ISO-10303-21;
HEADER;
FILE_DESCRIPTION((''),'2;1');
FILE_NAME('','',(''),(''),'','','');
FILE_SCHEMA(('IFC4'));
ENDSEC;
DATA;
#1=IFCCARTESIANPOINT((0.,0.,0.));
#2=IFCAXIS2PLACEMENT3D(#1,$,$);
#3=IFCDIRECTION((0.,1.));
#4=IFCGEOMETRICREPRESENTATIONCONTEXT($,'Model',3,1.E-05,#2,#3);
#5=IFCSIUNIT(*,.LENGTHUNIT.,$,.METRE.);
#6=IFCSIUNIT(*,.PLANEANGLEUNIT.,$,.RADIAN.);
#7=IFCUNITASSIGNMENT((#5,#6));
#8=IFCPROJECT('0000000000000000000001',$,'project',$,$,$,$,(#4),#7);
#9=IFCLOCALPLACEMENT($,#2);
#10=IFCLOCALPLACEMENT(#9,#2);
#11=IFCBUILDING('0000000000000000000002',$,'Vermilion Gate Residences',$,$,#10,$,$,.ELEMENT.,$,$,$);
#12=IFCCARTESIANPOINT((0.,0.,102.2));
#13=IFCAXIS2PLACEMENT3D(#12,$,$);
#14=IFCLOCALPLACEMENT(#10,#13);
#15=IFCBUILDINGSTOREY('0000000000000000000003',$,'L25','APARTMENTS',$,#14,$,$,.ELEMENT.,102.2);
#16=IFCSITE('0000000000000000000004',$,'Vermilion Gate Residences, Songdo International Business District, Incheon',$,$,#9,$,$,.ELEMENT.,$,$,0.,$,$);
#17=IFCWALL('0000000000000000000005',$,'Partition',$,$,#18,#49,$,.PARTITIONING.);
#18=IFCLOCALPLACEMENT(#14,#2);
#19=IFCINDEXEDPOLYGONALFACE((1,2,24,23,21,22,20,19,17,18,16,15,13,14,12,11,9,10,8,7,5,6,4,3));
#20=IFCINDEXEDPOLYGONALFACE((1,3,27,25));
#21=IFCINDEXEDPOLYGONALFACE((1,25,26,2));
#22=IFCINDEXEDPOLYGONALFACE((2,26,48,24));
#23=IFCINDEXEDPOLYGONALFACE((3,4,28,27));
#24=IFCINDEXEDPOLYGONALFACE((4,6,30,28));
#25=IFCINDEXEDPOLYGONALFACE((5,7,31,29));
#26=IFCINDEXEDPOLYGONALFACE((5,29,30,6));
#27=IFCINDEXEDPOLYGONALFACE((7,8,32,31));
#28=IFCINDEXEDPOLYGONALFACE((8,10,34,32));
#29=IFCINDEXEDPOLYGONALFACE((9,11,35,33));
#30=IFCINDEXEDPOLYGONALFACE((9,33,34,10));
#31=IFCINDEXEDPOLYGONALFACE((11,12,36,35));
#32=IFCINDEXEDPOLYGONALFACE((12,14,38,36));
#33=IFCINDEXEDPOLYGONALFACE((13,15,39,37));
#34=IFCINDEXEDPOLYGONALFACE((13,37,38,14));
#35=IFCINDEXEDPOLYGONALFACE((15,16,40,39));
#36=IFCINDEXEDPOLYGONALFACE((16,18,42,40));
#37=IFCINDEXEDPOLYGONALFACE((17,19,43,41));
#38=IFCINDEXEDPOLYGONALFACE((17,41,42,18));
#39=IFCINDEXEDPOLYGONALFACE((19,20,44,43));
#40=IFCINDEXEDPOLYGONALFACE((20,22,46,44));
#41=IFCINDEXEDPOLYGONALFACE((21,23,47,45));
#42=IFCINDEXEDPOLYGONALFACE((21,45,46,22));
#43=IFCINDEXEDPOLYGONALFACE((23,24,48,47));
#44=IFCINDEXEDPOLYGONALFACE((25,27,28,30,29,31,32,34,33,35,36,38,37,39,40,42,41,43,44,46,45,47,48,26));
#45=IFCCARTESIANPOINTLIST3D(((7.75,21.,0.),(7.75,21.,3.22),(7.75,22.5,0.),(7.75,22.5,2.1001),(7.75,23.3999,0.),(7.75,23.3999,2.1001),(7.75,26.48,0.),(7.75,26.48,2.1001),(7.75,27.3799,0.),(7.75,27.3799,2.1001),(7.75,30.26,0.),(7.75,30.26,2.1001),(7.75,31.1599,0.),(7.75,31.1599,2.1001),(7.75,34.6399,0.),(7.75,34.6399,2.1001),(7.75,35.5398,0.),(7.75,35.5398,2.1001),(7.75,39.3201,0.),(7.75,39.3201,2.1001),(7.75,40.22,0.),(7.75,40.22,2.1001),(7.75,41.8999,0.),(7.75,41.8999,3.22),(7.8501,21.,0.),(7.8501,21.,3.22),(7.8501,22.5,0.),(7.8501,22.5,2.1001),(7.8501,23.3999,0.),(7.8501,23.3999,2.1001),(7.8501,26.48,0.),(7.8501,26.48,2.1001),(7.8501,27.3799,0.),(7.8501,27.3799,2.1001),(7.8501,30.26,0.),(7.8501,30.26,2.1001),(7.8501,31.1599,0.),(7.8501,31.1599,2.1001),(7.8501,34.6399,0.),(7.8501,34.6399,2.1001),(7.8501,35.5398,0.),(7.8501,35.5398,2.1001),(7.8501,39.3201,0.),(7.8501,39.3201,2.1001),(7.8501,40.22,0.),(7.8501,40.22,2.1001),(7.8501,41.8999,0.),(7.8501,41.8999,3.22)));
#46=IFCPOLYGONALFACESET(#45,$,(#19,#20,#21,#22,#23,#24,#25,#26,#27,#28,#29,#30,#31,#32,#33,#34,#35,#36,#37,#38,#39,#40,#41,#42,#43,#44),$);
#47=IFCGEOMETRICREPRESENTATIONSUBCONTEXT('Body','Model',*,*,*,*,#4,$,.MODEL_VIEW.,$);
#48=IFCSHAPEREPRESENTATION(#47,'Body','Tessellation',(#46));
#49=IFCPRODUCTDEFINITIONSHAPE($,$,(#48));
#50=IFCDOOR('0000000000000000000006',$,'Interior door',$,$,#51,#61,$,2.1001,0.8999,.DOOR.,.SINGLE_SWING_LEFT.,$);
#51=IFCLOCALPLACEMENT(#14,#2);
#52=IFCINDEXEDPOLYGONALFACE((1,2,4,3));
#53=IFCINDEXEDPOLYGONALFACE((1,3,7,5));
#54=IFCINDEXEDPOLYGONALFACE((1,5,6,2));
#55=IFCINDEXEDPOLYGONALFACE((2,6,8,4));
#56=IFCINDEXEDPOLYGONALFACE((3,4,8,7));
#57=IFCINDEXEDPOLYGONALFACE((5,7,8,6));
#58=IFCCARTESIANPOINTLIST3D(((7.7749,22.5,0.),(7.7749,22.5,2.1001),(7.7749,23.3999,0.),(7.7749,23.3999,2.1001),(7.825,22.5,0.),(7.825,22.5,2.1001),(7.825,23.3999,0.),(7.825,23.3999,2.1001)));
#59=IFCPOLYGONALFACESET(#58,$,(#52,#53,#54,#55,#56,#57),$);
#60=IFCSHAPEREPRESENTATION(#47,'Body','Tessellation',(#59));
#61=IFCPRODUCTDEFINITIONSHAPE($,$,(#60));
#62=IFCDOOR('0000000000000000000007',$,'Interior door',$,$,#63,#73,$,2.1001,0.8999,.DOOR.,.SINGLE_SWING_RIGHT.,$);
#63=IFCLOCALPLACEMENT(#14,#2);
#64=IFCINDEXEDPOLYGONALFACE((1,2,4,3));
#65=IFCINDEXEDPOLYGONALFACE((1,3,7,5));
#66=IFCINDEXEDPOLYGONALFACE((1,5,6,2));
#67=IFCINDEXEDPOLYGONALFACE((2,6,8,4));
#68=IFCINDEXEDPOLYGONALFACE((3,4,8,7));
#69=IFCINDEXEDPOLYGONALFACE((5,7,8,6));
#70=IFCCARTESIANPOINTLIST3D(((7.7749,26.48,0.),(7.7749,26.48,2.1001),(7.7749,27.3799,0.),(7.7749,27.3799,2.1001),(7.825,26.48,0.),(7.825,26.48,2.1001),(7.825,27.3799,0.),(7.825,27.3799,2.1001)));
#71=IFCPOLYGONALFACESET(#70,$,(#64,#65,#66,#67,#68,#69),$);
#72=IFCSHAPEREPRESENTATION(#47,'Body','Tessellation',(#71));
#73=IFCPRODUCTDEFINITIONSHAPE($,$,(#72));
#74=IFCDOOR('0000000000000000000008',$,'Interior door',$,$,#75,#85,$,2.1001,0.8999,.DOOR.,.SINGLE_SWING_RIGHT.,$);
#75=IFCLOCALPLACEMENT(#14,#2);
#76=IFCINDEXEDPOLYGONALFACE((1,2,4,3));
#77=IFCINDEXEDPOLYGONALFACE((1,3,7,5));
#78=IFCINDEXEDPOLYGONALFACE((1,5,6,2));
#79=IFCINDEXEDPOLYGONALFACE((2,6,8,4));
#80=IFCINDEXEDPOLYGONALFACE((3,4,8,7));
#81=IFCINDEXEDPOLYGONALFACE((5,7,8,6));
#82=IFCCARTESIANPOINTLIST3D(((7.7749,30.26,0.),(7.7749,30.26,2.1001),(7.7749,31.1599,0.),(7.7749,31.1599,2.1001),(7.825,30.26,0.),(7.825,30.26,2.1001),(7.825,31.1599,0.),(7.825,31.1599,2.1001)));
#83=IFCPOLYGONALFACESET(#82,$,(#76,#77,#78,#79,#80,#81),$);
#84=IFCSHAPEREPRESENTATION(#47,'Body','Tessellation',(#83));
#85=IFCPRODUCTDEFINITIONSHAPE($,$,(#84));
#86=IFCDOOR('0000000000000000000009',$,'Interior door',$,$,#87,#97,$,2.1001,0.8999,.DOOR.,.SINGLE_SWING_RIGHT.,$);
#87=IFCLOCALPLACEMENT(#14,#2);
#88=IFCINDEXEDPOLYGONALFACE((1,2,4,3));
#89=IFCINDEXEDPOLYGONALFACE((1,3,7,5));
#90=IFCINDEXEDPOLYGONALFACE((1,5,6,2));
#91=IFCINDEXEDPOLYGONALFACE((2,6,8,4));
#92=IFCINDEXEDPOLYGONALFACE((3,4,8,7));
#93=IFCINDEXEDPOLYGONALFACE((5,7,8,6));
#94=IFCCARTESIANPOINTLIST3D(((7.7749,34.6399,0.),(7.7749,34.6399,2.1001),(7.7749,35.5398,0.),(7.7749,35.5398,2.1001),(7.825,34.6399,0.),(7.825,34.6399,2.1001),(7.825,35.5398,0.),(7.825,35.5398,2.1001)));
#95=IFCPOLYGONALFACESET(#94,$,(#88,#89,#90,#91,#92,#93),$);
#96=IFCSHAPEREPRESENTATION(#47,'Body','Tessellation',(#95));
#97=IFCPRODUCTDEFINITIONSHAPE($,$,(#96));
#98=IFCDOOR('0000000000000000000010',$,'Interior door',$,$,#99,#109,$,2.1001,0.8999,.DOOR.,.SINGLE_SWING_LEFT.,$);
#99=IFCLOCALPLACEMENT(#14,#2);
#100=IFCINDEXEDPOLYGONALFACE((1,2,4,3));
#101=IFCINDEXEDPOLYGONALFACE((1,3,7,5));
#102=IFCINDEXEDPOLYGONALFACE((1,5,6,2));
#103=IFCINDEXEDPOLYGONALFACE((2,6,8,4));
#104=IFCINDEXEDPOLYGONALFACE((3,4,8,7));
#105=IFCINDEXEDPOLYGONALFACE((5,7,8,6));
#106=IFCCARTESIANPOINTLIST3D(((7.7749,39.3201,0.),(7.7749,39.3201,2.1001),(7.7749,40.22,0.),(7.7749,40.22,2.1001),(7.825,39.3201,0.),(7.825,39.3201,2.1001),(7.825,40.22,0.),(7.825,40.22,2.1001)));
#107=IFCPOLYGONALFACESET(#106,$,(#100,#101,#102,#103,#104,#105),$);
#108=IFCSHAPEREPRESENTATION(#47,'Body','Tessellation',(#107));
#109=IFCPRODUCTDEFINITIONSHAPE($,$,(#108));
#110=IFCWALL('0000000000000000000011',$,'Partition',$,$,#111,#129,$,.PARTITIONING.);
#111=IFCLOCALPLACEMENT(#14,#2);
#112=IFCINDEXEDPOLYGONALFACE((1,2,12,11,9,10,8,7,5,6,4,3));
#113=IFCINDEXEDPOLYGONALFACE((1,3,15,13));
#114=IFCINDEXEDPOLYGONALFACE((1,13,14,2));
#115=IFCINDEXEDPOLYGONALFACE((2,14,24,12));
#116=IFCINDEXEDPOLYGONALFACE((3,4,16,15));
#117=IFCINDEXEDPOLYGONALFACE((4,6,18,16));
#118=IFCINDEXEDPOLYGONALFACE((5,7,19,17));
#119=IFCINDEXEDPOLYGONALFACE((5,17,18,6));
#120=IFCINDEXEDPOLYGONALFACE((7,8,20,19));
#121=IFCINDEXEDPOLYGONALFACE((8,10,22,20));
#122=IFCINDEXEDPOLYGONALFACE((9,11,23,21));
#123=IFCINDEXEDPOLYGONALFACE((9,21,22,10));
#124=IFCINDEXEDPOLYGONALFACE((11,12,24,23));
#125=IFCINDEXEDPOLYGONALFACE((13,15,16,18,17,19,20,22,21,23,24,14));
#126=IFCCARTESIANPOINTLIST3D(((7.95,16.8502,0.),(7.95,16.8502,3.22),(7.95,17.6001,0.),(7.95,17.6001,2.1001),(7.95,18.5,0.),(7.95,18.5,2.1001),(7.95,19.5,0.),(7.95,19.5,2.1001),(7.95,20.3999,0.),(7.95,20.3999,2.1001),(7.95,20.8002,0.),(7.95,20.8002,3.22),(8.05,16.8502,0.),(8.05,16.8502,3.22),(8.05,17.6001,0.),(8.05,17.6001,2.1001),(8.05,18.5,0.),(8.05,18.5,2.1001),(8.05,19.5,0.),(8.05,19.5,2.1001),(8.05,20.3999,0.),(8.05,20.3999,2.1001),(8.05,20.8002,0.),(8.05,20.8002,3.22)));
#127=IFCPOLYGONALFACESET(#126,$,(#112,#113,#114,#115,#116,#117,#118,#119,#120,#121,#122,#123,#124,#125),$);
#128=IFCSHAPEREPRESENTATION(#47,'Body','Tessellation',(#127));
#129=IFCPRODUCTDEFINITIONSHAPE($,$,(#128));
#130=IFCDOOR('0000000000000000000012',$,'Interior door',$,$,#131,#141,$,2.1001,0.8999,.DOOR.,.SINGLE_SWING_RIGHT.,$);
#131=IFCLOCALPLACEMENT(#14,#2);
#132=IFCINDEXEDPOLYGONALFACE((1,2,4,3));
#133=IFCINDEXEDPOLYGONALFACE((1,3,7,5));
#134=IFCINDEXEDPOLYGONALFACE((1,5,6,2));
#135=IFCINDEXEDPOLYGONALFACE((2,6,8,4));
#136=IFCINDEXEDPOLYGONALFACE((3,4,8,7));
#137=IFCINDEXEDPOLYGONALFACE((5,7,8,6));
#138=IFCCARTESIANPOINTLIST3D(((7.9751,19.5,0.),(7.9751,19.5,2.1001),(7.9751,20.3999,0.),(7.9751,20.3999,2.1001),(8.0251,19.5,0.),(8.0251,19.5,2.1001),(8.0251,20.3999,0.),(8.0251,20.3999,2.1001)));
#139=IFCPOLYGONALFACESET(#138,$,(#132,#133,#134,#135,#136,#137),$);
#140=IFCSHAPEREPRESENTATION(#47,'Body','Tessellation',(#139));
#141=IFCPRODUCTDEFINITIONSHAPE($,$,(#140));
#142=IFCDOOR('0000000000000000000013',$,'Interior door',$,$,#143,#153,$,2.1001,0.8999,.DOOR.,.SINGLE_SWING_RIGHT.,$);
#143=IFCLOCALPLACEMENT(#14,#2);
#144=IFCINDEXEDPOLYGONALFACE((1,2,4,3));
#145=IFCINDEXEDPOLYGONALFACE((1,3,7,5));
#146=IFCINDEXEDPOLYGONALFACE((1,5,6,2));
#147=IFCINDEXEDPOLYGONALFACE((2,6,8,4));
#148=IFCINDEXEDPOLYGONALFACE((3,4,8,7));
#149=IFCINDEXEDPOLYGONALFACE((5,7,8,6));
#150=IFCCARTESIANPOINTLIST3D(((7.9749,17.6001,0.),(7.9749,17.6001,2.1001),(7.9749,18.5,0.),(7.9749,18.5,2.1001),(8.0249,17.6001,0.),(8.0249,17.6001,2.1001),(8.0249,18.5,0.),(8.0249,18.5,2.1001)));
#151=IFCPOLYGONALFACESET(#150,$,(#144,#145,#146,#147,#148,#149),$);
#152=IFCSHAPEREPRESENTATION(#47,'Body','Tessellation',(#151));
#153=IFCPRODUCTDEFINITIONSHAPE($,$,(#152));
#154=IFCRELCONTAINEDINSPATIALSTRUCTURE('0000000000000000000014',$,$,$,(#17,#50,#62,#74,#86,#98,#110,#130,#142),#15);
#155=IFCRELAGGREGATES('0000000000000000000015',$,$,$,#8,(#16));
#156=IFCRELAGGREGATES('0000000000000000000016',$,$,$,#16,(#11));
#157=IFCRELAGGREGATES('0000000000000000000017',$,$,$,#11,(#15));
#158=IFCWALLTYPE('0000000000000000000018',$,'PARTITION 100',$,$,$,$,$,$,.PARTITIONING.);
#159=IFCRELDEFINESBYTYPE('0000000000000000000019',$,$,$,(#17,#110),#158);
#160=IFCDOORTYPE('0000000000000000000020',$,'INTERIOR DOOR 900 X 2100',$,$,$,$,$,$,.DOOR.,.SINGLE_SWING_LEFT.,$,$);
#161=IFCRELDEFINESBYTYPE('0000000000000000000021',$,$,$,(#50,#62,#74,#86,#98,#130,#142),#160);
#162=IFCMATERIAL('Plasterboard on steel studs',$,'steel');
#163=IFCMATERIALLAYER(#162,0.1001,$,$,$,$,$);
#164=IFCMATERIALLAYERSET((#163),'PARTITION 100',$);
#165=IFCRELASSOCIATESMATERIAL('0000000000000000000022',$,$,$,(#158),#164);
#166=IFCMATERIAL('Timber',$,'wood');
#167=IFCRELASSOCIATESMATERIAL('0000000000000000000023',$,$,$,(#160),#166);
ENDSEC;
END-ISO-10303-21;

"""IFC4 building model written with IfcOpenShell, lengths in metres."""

from ifc_helpers import new_model, si_unit, direction, frame, frame_2d, origin, place, context, subcontext, project, spatial, rectangle, extrude, material, layer, layer_set, type_object, element, fill, save


model = new_model("IFC4")

# Units and contexts
model_context = context("Model", 3, precision=1e-05, world=origin(), true_north=direction((0.0, 1.0)))
body_context = subcontext(model_context, "Body", "Model", "MODEL_VIEW")
ifc_project = project(units=[si_unit("LENGTHUNIT", "METRE"), si_unit("PLANEANGLEUNIT", "RADIAN")], contexts=[model_context])

# Site, building, storey
site_placement = place(None, origin())
site = spatial("IfcSite", under=ifc_project, at=site_placement, Name="Vermilion Gate Residences, Songdo International Business District, Incheon", CompositionType="ELEMENT", RefElevation=0.0)
building_placement = place(site_placement, origin())
building = spatial("IfcBuilding", under=site, at=building_placement, Name="Vermilion Gate Residences", CompositionType="ELEMENT")
storey_placement = place(building_placement, frame((0.0, 0.0, 102.2)))
storey = spatial("IfcBuildingStorey", under=building, at=storey_placement, Name="L25", Description="APARTMENTS", CompositionType="ELEMENT", Elevation=102.2)

# Shared definitions
ifc_material_1 = material(Name="Plasterboard on steel studs", Category="steel")
ifc_layer_1 = layer(ifc_material_1, 0.1001)
ifc_layer_set_1 = layer_set([ifc_layer_1], Name="PARTITION 100")
wall_type_1 = type_object("IfcWallType", Name="PARTITION 100", PredefinedType="PARTITIONING", material=ifc_layer_set_1)
ifc_material_2 = material(Name="Timber", Category="wood")
door_type = type_object("IfcDoorType", Name="INTERIOR DOOR 900 X 2100", OperationType="SINGLE_SWING_LEFT", PredefinedType="DOOR", material=ifc_material_2)

# Walls, openings, doors
wall_1_placement = place(storey_placement, frame((7.8, 21.0, 0.0), z_axis=(0.0, 0.0, 1.0), x_axis=(0.0, 1.0, 0.0)))
wall_1 = element("IfcWall", 1, at=wall_1_placement, inside=storey, type_object=wall_type_1, Name="Partition", PredefinedType="PARTITIONING", context=body_context, shape_type="SweptSolid", body=[
    extrude(rectangle(XDim=20.8999, YDim=0.1001, at=frame_2d((10.45, 0.0))), origin(), (0.0, 0.0, 1.0), 3.22),
])
opening_1_placement = place(wall_1_placement, frame((1.5, 0.0, 0.0)))
opening_1 = element("IfcOpeningElement", 2, at=opening_1_placement, cuts=wall_1, PredefinedType="OPENING", context=body_context, shape_type="SweptSolid", body=[
    extrude(rectangle(XDim=0.8999, YDim=2.1001, at=frame_2d((0.45, 1.05))), frame((0.0, 0.0601, 0.0), z_axis=(0.0, -1.0, 0.0), x_axis=(1.0, 0.0, 0.0)), (0.0, 0.0, 1.0), 0.1201),
])
opening_2_placement = place(wall_1_placement, frame((5.48, 0.0, 0.0)))
opening_2 = element("IfcOpeningElement", 3, at=opening_2_placement, cuts=wall_1, PredefinedType="OPENING", context=body_context, shape_type="SweptSolid", body=[
    extrude(rectangle(XDim=0.8999, YDim=2.1001, at=frame_2d((0.45, 1.05))), frame((0.0, 0.0601, 0.0), z_axis=(0.0, -1.0, 0.0), x_axis=(1.0, 0.0, 0.0)), (0.0, 0.0, 1.0), 0.1201),
])
opening_3_placement = place(wall_1_placement, frame((9.26, 0.0, 0.0)))
opening_3 = element("IfcOpeningElement", 4, at=opening_3_placement, cuts=wall_1, PredefinedType="OPENING", context=body_context, shape_type="SweptSolid", body=[
    extrude(rectangle(XDim=0.8999, YDim=2.1001, at=frame_2d((0.45, 1.05))), frame((0.0, 0.0601, 0.0), z_axis=(0.0, -1.0, 0.0), x_axis=(1.0, 0.0, 0.0)), (0.0, 0.0, 1.0), 0.1201),
])
opening_4_placement = place(wall_1_placement, frame((13.6399, 0.0, 0.0)))
opening_4 = element("IfcOpeningElement", 5, at=opening_4_placement, cuts=wall_1, PredefinedType="OPENING", context=body_context, shape_type="SweptSolid", body=[
    extrude(rectangle(XDim=0.8999, YDim=2.1001, at=frame_2d((0.45, 1.05))), frame((0.0, 0.0601, 0.0), z_axis=(0.0, -1.0, 0.0), x_axis=(1.0, 0.0, 0.0)), (0.0, 0.0, 1.0), 0.1201),
])
opening_5_placement = place(wall_1_placement, frame((18.3201, 0.0, 0.0)))
opening_5 = element("IfcOpeningElement", 6, at=opening_5_placement, cuts=wall_1, PredefinedType="OPENING", context=body_context, shape_type="SweptSolid", body=[
    extrude(rectangle(XDim=0.8999, YDim=2.1001, at=frame_2d((0.45, 1.05))), frame((0.0, 0.0601, 0.0), z_axis=(0.0, -1.0, 0.0), x_axis=(1.0, 0.0, 0.0)), (0.0, 0.0, 1.0), 0.1201),
])
door_1_placement = place(opening_1_placement, frame((0.8999, 0.0, 0.0), z_axis=(0.0, 0.0, 1.0), x_axis=(-1.0, 0.0, 0.0)))
door_1 = element("IfcDoor", 7, at=door_1_placement, inside=storey, type_object=door_type, Name="Interior door", OperationType="SINGLE_SWING_LEFT", OverallHeight=2.1001, OverallWidth=0.8999, PredefinedType="DOOR", context=body_context, shape_type="SweptSolid", body=[
    extrude(rectangle(XDim=0.8999, YDim=2.1001, at=frame_2d((0.45, 1.05))), frame((0.0, 0.0249, 0.0), z_axis=(0.0, -1.0, 0.0), x_axis=(1.0, 0.0, 0.0)), (0.0, 0.0, 1.0), 0.05),
])
fill(opening_1, door_1)
door_2_placement = place(opening_2_placement, frame((0.8999, 0.0, 0.0), z_axis=(0.0, 0.0, 1.0), x_axis=(-1.0, 0.0, 0.0)))
door_2 = element("IfcDoor", 8, at=door_2_placement, inside=storey, type_object=door_type, Name="Interior door", OperationType="SINGLE_SWING_RIGHT", OverallHeight=2.1001, OverallWidth=0.8999, PredefinedType="DOOR", context=body_context, shape_type="SweptSolid", body=[
    extrude(rectangle(XDim=0.8999, YDim=2.1001, at=frame_2d((0.45, 1.05))), frame((0.0, 0.0249, 0.0), z_axis=(0.0, -1.0, 0.0), x_axis=(1.0, 0.0, 0.0)), (0.0, 0.0, 1.0), 0.05),
])
fill(opening_2, door_2)
door_3_placement = place(opening_3_placement, frame((0.8999, 0.0, 0.0), z_axis=(0.0, 0.0, 1.0), x_axis=(-1.0, 0.0, 0.0)))
door_3 = element("IfcDoor", 9, at=door_3_placement, inside=storey, type_object=door_type, Name="Interior door", OperationType="SINGLE_SWING_RIGHT", OverallHeight=2.1001, OverallWidth=0.8999, PredefinedType="DOOR", context=body_context, shape_type="SweptSolid", body=[
    extrude(rectangle(XDim=0.8999, YDim=2.1001, at=frame_2d((0.45, 1.05))), frame((0.0, 0.0249, 0.0), z_axis=(0.0, -1.0, 0.0), x_axis=(1.0, 0.0, 0.0)), (0.0, 0.0, 1.0), 0.05),
])
fill(opening_3, door_3)
door_4_placement = place(opening_4_placement, frame((0.8999, 0.0, 0.0), z_axis=(0.0, 0.0, 1.0), x_axis=(-1.0, 0.0, 0.0)))
door_4 = element("IfcDoor", 10, at=door_4_placement, inside=storey, type_object=door_type, Name="Interior door", OperationType="SINGLE_SWING_RIGHT", OverallHeight=2.1001, OverallWidth=0.8999, PredefinedType="DOOR", context=body_context, shape_type="SweptSolid", body=[
    extrude(rectangle(XDim=0.8999, YDim=2.1001, at=frame_2d((0.45, 1.05))), frame((0.0, 0.0249, 0.0), z_axis=(0.0, -1.0, 0.0), x_axis=(1.0, 0.0, 0.0)), (0.0, 0.0, 1.0), 0.05),
])
fill(opening_4, door_4)
door_5_placement = place(opening_5_placement, frame((0.8999, 0.0, 0.0), z_axis=(0.0, 0.0, 1.0), x_axis=(-1.0, 0.0, 0.0)))
door_5 = element("IfcDoor", 11, at=door_5_placement, inside=storey, type_object=door_type, Name="Interior door", OperationType="SINGLE_SWING_LEFT", OverallHeight=2.1001, OverallWidth=0.8999, PredefinedType="DOOR", context=body_context, shape_type="SweptSolid", body=[
    extrude(rectangle(XDim=0.8999, YDim=2.1001, at=frame_2d((0.45, 1.05))), frame((0.0, 0.0249, 0.0), z_axis=(0.0, -1.0, 0.0), x_axis=(1.0, 0.0, 0.0)), (0.0, 0.0, 1.0), 0.05),
])
fill(opening_5, door_5)
wall_2_placement = place(storey_placement, frame((8.0, 16.8501, 0.0), z_axis=(0.0, 0.0, 1.0), x_axis=(0.0, 1.0, 0.0)))
wall_2 = element("IfcWall", 12, at=wall_2_placement, inside=storey, type_object=wall_type_1, Name="Partition", PredefinedType="PARTITIONING", context=body_context, shape_type="SweptSolid", body=[
    extrude(rectangle(XDim=3.95, YDim=0.1001, at=frame_2d((1.9751, 0.0))), origin(), (0.0, 0.0, 1.0), 3.22),
])
opening_6_placement = place(wall_2_placement, frame((2.6499, 0.0, 0.0)))
opening_6 = element("IfcOpeningElement", 13, at=opening_6_placement, cuts=wall_2, PredefinedType="OPENING", context=body_context, shape_type="SweptSolid", body=[
    extrude(rectangle(XDim=0.8999, YDim=2.1001, at=frame_2d((0.45, 1.05))), frame((0.0, 0.0601, 0.0), z_axis=(0.0, -1.0, 0.0), x_axis=(1.0, 0.0, 0.0)), (0.0, 0.0, 1.0), 0.1201),
])
opening_7_placement = place(wall_2_placement, frame((0.75, 0.0, 0.0)))
opening_7 = element("IfcOpeningElement", 14, at=opening_7_placement, cuts=wall_2, PredefinedType="OPENING", context=body_context, shape_type="SweptSolid", body=[
    extrude(rectangle(XDim=0.8999, YDim=2.1001, at=frame_2d((0.45, 1.05))), frame((0.0, 0.0601, 0.0), z_axis=(0.0, -1.0, 0.0), x_axis=(1.0, 0.0, 0.0)), (0.0, 0.0, 1.0), 0.1201),
])
door_6_placement = place(opening_6_placement, origin())
door_6 = element("IfcDoor", 15, at=door_6_placement, inside=storey, type_object=door_type, Name="Interior door", OperationType="SINGLE_SWING_RIGHT", OverallHeight=2.1001, OverallWidth=0.8999, PredefinedType="DOOR", context=body_context, shape_type="SweptSolid", body=[
    extrude(rectangle(XDim=0.8999, YDim=2.1001, at=frame_2d((0.45, 1.05))), frame((0.0, 0.0249, 0.0), z_axis=(0.0, -1.0, 0.0), x_axis=(1.0, 0.0, 0.0)), (0.0, 0.0, 1.0), 0.05),
])
fill(opening_6, door_6)
door_7_placement = place(opening_7_placement, frame((0.8999, 0.0, 0.0), z_axis=(0.0, 0.0, 1.0), x_axis=(-1.0, 0.0, 0.0)))
door_7 = element("IfcDoor", 16, at=door_7_placement, inside=storey, type_object=door_type, Name="Interior door", OperationType="SINGLE_SWING_RIGHT", OverallHeight=2.1001, OverallWidth=0.8999, PredefinedType="DOOR", context=body_context, shape_type="SweptSolid", body=[
    extrude(rectangle(XDim=0.8999, YDim=2.1001, at=frame_2d((0.45, 1.05))), frame((0.0, 0.0249, 0.0), z_axis=(0.0, -1.0, 0.0), x_axis=(1.0, 0.0, 0.0)), (0.0, 0.0, 1.0), 0.05),
])
fill(opening_7, door_7)

save(model, "model.ifc")
